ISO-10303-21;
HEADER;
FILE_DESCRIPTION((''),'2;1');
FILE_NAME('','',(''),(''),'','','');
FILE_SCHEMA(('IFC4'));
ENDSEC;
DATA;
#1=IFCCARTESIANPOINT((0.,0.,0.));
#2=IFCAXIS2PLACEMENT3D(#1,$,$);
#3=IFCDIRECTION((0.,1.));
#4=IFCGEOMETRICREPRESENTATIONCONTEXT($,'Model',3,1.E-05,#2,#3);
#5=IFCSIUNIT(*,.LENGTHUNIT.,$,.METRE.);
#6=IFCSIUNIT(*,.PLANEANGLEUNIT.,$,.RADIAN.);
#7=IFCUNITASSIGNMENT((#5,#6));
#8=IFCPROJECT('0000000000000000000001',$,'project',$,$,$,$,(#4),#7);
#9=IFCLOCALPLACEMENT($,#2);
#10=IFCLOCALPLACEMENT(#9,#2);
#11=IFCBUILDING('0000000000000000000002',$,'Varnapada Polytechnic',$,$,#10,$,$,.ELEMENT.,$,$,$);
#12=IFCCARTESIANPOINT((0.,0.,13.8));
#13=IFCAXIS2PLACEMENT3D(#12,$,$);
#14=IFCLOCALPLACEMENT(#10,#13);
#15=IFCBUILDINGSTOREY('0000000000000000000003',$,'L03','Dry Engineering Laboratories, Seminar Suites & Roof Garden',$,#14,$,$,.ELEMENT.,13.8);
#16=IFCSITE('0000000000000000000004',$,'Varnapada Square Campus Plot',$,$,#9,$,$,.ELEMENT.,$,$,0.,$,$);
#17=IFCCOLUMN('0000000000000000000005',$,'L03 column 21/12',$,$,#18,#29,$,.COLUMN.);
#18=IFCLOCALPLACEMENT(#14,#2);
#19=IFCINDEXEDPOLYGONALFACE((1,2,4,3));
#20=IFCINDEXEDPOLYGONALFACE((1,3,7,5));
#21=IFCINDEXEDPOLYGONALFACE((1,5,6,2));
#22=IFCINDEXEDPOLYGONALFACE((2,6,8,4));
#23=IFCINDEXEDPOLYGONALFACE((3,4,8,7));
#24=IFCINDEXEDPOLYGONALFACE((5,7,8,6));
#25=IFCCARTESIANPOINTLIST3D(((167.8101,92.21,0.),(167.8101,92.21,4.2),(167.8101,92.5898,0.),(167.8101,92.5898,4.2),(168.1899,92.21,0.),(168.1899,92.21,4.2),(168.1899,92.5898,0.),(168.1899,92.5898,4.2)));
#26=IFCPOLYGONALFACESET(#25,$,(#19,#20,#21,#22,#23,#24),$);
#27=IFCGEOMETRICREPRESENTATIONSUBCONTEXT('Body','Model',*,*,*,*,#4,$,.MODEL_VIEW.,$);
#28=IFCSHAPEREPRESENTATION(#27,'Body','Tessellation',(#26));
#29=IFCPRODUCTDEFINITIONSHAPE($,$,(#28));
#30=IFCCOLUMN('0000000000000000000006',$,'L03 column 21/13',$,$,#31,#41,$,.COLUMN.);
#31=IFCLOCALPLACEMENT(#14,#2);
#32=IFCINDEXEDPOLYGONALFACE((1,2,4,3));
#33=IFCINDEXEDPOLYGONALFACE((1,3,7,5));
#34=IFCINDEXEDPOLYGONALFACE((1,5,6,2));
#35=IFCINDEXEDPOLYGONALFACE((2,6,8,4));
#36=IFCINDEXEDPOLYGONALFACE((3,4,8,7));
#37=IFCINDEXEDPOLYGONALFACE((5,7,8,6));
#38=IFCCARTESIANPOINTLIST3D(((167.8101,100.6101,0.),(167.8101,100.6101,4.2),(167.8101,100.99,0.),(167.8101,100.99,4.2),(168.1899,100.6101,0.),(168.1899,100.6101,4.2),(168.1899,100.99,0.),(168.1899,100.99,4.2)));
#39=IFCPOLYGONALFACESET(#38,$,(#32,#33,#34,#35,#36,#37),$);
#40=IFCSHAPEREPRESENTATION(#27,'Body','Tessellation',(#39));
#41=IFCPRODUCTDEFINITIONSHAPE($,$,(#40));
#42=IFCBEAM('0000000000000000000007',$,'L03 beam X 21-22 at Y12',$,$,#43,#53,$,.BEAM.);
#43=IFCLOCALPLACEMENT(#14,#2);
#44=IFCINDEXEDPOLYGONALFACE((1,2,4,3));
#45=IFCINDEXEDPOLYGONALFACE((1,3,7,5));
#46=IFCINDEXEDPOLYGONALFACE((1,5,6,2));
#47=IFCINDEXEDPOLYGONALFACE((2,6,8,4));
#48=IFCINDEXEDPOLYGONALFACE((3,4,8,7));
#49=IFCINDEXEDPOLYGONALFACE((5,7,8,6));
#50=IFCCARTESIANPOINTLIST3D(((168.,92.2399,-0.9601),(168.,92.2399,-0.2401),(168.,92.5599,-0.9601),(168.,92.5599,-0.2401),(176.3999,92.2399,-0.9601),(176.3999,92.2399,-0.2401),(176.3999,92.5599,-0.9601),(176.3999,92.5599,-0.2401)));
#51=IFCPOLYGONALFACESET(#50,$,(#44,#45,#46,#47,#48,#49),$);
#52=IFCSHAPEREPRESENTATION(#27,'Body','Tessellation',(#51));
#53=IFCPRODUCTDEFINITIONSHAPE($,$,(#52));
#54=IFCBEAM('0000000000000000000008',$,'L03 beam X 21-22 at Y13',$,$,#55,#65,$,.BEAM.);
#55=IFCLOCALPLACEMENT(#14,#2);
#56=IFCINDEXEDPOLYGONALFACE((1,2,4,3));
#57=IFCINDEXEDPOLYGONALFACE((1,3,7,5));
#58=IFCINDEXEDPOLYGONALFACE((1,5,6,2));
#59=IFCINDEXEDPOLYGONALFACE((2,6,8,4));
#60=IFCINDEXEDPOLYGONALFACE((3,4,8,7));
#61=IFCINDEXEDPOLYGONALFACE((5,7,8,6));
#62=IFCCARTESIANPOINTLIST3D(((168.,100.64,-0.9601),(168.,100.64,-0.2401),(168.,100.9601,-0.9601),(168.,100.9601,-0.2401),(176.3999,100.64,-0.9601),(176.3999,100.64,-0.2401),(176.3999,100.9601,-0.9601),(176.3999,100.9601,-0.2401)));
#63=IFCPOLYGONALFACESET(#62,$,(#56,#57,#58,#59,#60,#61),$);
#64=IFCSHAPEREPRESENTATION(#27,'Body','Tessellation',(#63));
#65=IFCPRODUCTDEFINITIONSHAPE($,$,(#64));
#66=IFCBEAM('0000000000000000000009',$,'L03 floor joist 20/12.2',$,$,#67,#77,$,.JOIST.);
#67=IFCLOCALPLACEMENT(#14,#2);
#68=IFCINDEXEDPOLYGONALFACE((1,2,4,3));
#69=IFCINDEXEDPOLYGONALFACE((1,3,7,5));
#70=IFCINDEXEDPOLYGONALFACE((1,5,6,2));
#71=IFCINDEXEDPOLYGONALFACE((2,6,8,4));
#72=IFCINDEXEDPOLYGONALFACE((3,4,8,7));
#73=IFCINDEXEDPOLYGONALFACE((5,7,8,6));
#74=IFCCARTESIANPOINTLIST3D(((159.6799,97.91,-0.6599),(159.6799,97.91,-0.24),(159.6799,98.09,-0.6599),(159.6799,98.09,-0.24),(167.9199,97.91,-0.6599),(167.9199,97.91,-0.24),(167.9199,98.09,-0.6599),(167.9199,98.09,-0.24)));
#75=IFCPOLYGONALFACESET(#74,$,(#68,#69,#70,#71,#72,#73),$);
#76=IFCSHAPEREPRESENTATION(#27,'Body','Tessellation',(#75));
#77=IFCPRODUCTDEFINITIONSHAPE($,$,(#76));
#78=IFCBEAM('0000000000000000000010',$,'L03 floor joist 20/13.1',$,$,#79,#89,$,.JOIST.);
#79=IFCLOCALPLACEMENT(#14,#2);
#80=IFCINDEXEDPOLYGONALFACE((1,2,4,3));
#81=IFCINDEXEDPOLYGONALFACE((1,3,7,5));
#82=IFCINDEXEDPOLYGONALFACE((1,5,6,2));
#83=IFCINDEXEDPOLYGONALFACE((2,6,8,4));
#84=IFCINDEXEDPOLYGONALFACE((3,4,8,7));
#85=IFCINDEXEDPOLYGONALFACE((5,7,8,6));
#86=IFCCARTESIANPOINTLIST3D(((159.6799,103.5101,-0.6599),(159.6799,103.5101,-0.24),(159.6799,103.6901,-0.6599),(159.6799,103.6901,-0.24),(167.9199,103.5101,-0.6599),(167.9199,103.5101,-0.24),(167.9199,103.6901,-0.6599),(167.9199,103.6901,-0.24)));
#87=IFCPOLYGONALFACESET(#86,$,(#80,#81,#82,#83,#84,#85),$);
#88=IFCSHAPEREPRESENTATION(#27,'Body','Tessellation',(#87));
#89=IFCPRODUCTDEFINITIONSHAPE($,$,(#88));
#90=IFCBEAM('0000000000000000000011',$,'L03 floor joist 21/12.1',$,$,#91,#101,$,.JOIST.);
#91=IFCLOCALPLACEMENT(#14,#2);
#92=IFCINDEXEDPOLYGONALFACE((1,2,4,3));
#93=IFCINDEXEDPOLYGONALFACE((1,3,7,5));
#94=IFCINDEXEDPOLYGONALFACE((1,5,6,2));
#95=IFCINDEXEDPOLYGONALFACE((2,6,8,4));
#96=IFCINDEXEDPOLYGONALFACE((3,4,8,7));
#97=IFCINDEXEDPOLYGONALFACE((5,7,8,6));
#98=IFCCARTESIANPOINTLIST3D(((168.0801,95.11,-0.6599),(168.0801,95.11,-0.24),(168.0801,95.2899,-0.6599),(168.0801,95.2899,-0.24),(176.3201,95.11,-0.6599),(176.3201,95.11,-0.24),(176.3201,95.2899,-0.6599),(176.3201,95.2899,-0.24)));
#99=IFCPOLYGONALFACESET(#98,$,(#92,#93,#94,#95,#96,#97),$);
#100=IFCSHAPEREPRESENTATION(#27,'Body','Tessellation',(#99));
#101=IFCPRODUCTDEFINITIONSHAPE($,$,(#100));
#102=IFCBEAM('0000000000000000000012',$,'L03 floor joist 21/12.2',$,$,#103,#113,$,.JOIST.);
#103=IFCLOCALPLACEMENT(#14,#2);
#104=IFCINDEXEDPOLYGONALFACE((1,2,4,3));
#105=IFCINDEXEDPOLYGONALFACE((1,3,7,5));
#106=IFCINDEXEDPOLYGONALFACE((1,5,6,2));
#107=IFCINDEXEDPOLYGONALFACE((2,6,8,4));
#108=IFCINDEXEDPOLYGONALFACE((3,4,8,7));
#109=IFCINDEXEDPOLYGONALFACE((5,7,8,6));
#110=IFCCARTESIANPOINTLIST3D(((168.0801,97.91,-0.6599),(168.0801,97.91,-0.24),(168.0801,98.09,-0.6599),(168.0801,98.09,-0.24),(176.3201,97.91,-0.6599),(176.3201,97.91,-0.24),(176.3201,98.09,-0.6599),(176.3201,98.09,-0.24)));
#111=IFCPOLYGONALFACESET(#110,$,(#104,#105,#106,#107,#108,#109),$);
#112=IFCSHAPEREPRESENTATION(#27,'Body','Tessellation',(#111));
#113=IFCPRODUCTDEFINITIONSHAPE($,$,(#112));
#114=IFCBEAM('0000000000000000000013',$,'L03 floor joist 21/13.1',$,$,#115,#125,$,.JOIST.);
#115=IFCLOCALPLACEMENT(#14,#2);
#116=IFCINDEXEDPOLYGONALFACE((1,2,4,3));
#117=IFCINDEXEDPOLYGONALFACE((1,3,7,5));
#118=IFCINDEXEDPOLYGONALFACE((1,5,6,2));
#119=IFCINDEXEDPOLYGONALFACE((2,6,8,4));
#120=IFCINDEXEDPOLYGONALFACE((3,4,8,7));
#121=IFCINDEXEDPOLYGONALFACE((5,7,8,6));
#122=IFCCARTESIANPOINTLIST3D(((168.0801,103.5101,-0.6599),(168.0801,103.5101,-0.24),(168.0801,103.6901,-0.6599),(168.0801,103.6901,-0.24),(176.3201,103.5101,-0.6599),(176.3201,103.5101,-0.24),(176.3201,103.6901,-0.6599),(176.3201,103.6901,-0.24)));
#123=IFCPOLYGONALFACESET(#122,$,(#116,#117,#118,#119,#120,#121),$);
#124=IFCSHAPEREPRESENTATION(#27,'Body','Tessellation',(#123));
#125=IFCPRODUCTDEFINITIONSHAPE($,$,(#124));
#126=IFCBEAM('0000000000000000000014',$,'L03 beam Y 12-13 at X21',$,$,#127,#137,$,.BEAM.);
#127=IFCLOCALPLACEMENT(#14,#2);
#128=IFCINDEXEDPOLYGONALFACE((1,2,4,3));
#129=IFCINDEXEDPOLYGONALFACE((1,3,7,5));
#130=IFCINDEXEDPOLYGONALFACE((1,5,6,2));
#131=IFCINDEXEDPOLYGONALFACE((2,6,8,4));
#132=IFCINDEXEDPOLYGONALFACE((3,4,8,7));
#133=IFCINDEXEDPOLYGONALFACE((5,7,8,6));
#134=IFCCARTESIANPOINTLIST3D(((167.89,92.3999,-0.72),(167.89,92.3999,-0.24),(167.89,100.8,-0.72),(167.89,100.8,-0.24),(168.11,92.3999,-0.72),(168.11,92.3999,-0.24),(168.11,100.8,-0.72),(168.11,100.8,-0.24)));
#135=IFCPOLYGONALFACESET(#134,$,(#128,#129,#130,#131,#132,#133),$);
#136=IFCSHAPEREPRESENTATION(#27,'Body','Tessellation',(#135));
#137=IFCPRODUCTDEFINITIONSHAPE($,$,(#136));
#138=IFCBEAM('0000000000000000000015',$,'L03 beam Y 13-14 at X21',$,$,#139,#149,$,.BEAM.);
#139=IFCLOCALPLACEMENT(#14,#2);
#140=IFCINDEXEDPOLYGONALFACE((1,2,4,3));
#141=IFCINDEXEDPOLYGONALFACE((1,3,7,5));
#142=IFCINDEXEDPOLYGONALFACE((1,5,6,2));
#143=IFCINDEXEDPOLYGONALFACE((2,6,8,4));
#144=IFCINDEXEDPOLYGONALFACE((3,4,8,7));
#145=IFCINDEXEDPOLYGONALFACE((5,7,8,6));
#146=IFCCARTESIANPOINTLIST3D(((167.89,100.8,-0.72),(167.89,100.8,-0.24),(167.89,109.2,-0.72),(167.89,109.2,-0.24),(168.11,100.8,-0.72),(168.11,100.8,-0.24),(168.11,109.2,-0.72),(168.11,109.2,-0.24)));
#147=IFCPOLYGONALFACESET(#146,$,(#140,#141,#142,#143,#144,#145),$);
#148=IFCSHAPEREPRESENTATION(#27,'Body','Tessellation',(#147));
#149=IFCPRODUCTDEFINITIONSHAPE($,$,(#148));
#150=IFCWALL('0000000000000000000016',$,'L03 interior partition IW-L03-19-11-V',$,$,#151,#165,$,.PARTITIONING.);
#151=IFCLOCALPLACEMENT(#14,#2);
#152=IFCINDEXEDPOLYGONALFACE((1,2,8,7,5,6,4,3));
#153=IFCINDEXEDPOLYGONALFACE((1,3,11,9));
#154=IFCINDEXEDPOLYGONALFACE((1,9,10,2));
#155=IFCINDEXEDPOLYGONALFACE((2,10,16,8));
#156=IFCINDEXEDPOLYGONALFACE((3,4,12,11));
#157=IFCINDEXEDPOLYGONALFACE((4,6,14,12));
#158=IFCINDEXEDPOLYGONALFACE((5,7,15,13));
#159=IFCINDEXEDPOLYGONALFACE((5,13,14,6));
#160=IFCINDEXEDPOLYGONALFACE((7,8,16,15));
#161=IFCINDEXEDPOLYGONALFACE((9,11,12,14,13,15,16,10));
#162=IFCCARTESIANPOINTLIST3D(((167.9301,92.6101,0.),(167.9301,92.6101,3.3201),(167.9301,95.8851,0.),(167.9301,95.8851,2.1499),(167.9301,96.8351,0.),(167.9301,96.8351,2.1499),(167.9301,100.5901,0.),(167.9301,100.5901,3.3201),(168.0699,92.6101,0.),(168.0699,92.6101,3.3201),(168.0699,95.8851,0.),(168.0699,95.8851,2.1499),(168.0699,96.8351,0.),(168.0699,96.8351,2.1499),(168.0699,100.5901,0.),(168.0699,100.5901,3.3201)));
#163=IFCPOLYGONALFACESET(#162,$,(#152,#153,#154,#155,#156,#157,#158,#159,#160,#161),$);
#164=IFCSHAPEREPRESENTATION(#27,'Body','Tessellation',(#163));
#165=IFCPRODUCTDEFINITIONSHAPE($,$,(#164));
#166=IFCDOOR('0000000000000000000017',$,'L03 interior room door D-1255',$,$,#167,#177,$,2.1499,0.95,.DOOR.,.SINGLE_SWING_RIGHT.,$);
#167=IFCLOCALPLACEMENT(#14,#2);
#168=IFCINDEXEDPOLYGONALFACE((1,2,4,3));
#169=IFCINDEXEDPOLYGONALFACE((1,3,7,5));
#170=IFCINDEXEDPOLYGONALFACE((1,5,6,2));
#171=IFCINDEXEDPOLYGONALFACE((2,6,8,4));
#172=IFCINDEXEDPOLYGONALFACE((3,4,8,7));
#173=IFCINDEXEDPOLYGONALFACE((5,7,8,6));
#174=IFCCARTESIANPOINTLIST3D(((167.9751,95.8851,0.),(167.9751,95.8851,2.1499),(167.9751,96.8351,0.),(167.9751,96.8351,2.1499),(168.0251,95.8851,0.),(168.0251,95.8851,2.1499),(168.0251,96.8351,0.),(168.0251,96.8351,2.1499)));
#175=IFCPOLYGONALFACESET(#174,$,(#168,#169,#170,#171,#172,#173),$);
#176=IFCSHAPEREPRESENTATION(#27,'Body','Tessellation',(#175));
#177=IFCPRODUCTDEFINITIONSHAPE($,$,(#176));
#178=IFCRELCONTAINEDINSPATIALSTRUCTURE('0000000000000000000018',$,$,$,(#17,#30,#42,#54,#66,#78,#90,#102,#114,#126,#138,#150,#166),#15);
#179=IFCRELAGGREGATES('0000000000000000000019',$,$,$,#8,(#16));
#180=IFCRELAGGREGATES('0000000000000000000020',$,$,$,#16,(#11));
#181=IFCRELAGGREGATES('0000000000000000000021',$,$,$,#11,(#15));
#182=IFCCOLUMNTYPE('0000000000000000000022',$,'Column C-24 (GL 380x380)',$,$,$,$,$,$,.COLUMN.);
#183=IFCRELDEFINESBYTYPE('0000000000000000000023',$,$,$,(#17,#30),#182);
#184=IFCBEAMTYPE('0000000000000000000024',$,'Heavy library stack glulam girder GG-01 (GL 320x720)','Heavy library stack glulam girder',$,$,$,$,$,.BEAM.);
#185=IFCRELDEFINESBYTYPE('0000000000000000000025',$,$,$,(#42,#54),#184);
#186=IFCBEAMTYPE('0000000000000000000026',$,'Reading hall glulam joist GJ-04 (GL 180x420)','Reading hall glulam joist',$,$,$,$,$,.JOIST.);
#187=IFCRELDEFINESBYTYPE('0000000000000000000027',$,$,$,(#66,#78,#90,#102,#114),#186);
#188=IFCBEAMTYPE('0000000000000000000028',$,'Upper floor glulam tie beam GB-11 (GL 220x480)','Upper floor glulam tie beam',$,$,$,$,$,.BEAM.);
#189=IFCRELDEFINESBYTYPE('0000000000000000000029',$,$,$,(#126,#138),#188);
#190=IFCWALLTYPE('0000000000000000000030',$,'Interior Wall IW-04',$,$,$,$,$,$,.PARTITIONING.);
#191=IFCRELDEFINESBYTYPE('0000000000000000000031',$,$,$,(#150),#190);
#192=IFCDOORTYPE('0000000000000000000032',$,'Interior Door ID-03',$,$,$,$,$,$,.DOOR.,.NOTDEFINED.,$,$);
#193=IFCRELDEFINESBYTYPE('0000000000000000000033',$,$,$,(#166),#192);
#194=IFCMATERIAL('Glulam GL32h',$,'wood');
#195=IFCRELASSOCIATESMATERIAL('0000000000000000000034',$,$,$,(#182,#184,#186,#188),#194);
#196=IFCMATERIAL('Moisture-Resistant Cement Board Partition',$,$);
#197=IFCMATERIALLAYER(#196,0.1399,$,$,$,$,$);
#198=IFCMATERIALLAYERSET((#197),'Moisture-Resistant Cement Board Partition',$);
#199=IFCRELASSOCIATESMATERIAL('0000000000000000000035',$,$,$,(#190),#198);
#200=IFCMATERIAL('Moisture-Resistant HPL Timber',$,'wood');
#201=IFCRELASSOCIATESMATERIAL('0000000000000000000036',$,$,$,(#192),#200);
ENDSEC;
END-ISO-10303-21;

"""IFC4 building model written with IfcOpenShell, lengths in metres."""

from ifc_helpers import new_model, si_unit, direction, frame, frame_2d, origin, origin_2d, place, context, subcontext, project, spatial, rectangle, extrude, material, layer, layer_set, material_profile, profile_set, type_object, element, fill, save


model = new_model("IFC4")

# Units and contexts
model_context = context("Model", 3, precision=1e-05, world=origin(), true_north=direction((0.0, 1.0)))
body_context = subcontext(model_context, "Body", "Model", "MODEL_VIEW")
ifc_project = project(units=[si_unit("LENGTHUNIT", "METRE"), si_unit("PLANEANGLEUNIT", "RADIAN")], contexts=[model_context])

# Site, building, storey
site_placement = place(None, origin())
site = spatial("IfcSite", under=ifc_project, at=site_placement, Name="Varnapada Square Campus Plot", CompositionType="ELEMENT", RefElevation=0.0)
building_placement = place(site_placement, origin())
building = spatial("IfcBuilding", under=site, at=building_placement, Name="Varnapada Polytechnic", CompositionType="ELEMENT")
storey_placement = place(building_placement, frame((0.0, 0.0, 13.8)))
storey = spatial("IfcBuildingStorey", under=building, at=storey_placement, Name="L03", Description="Dry Engineering Laboratories, Seminar Suites & Roof Garden", CompositionType="ELEMENT", Elevation=13.8)

# Columns
ifc_material_1 = material(Name="Glulam GL32h", Category="wood")
ifc_material_profile_1 = material_profile(ifc_material_1, rectangle(XDim=0.3799, YDim=0.3799, at=origin_2d()), Name="GL 380x380")
ifc_profile_set_1 = profile_set([ifc_material_profile_1], Name="Glulam GL32h")
column_type = type_object("IfcColumnType", Name="Column C-24 (GL 380x380)", PredefinedType="COLUMN", material=ifc_profile_set_1)
for number, where, z_axis, x_axis, name in (
    (1, (168.0, 92.3999, 0.0), (0.0, 0.0, 1.0), (1.0, 0.0, 0.0), "L03 column 21/12"),
    (2, (168.0, 100.8, 0.0), (0.0, 0.0, 1.0), (1.0, 0.0, 0.0), "L03 column 21/13"),
):
    element("IfcColumn", number, at=place(storey_placement, frame(where, z_axis=z_axis, x_axis=x_axis)), inside=storey, type_object=column_type, Name=name, PredefinedType="COLUMN", context=body_context, shape_type="SweptSolid", body=[
        extrude(rectangle(XDim=0.3799, YDim=0.3799, at=origin_2d()), origin(), (0.0, 0.0, 1.0), 4.2),
    ])

# Beams
ifc_material_profile_2 = material_profile(ifc_material_1, rectangle(XDim=0.3201, YDim=0.72, at=origin_2d()), Name="GL 320x720")
ifc_profile_set_2 = profile_set([ifc_material_profile_2], Name="Glulam GL32h")
beam_type_1 = type_object("IfcBeamType", Name="Heavy library stack glulam girder GG-01 (GL 320x720)", Description="Heavy library stack glulam girder", PredefinedType="BEAM", material=ifc_profile_set_2)
for number, where, z_axis, x_axis, name in (
    (3, (168.0, 92.3999, -0.6001), (1.0, 0.0, 0.0), (0.0, 1.0, 0.0), "L03 beam X 21-22 at Y12"),
    (4, (168.0, 100.8, -0.6001), (1.0, 0.0, 0.0), (0.0, 1.0, 0.0), "L03 beam X 21-22 at Y13"),
):
    element("IfcBeam", number, at=place(storey_placement, frame(where, z_axis=z_axis, x_axis=x_axis)), inside=storey, type_object=beam_type_1, Name=name, PredefinedType="BEAM", context=body_context, shape_type="SweptSolid", body=[
        extrude(rectangle(XDim=0.3201, YDim=0.72, at=origin_2d()), origin(), (0.0, 0.0, 1.0), 8.3999),
    ])
ifc_material_profile_3 = material_profile(ifc_material_1, rectangle(XDim=0.1799, YDim=0.4199, at=origin_2d()), Name="GL 180x420")
ifc_profile_set_3 = profile_set([ifc_material_profile_3], Name="Glulam GL32h")
beam_type_2 = type_object("IfcBeamType", Name="Reading hall glulam joist GJ-04 (GL 180x420)", Description="Reading hall glulam joist", PredefinedType="JOIST", material=ifc_profile_set_3)
for number, where, z_axis, x_axis, name in (
    (5, (159.6799, 98.0, -0.45), (1.0, 0.0, 0.0), (0.0, 1.0, 0.0), "L03 floor joist 20/12.2"),
    (6, (159.6799, 103.6001, -0.45), (1.0, 0.0, 0.0), (0.0, 1.0, 0.0), "L03 floor joist 20/13.1"),
    (7, (168.0801, 95.2, -0.45), (1.0, 0.0, 0.0), (0.0, 1.0, 0.0), "L03 floor joist 21/12.1"),
    (8, (168.0801, 98.0, -0.45), (1.0, 0.0, 0.0), (0.0, 1.0, 0.0), "L03 floor joist 21/12.2"),
    (9, (168.0801, 103.6001, -0.45), (1.0, 0.0, 0.0), (0.0, 1.0, 0.0), "L03 floor joist 21/13.1"),
):
    element("IfcBeam", number, at=place(storey_placement, frame(where, z_axis=z_axis, x_axis=x_axis)), inside=storey, type_object=beam_type_2, Name=name, PredefinedType="JOIST", context=body_context, shape_type="SweptSolid", body=[
        extrude(rectangle(XDim=0.1799, YDim=0.4199, at=origin_2d()), origin(), (0.0, 0.0, 1.0), 8.24),
    ])
ifc_material_profile_4 = material_profile(ifc_material_1, rectangle(XDim=0.22, YDim=0.48, at=origin_2d()), Name="GL 220x480")
ifc_profile_set_4 = profile_set([ifc_material_profile_4], Name="Glulam GL32h")
beam_type_3 = type_object("IfcBeamType", Name="Upper floor glulam tie beam GB-11 (GL 220x480)", Description="Upper floor glulam tie beam", PredefinedType="BEAM", material=ifc_profile_set_4)
beam_1_placement = place(storey_placement, frame((168.0, 92.3999, -0.48), z_axis=(0.0, 1.0, 0.0), x_axis=(-1.0, 0.0, 0.0)))
element("IfcBeam", 10, at=beam_1_placement, inside=storey, type_object=beam_type_3, Name="L03 beam Y 12-13 at X21", PredefinedType="BEAM", context=body_context, shape_type="SweptSolid", body=[
    extrude(rectangle(XDim=0.22, YDim=0.48, at=origin_2d()), origin(), (0.0, 0.0, 1.0), 8.4001),
])
beam_2_placement = place(storey_placement, frame((168.0, 100.8, -0.48), z_axis=(0.0, 1.0, 0.0), x_axis=(-1.0, 0.0, 0.0)))
element("IfcBeam", 11, at=beam_2_placement, inside=storey, type_object=beam_type_3, Name="L03 beam Y 13-14 at X21", PredefinedType="BEAM", context=body_context, shape_type="SweptSolid", body=[
    extrude(rectangle(XDim=0.22, YDim=0.48, at=origin_2d()), origin(), (0.0, 0.0, 1.0), 8.3999),
])

# Wall, opening, door
ifc_material_2 = material(Name="Moisture-Resistant Cement Board Partition")
ifc_layer_1 = layer(ifc_material_2, 0.1399)
ifc_layer_set_1 = layer_set([ifc_layer_1], Name="Moisture-Resistant Cement Board Partition")
wall_type_1 = type_object("IfcWallType", Name="Interior Wall IW-04", PredefinedType="PARTITIONING", material=ifc_layer_set_1)
wall_1_placement = place(storey_placement, frame((168.0, 92.6101, 0.0), z_axis=(0.0, 0.0, 1.0), x_axis=(0.0, 1.0, 0.0)))
wall_1 = element("IfcWall", 12, at=wall_1_placement, inside=storey, type_object=wall_type_1, Name="L03 interior partition IW-L03-19-11-V", PredefinedType="PARTITIONING", context=body_context, shape_type="SweptSolid", body=[
    extrude(rectangle(XDim=7.98, YDim=0.1399, at=frame_2d((3.99, 0.0))), origin(), (0.0, 0.0, 1.0), 3.3201),
])
opening_1_placement = place(wall_1_placement, frame((3.2749, 0.0, 0.0)))
opening_1 = element("IfcOpeningElement", 13, at=opening_1_placement, cuts=wall_1, PredefinedType="OPENING", context=body_context, shape_type="SweptSolid", body=[
    extrude(rectangle(XDim=0.95, YDim=2.1499, at=frame_2d((0.4751, 1.075))), frame((0.0, 0.0798, 0.0), z_axis=(0.0, -1.0, 0.0), x_axis=(1.0, 0.0, 0.0)), (0.0, 0.0, 1.0), 0.1599),
])
ifc_material_3 = material(Name="Moisture-Resistant HPL Timber", Category="wood")
door_type_1 = type_object("IfcDoorType", Name="Interior Door ID-03", OperationType="NOTDEFINED", PredefinedType="DOOR", material=ifc_material_3)
door_1_placement = place(opening_1_placement, origin())
door_1 = element("IfcDoor", 14, at=door_1_placement, inside=storey, type_object=door_type_1, Name="L03 interior room door D-1255", OperationType="SINGLE_SWING_RIGHT", OverallHeight=2.1499, OverallWidth=0.95, PredefinedType="DOOR", context=body_context, shape_type="SweptSolid", body=[
    extrude(rectangle(XDim=0.95, YDim=2.1499, at=frame_2d((0.4751, 1.075))), frame((0.0, 0.0249, 0.0), z_axis=(0.0, -1.0, 0.0), x_axis=(1.0, 0.0, 0.0)), (0.0, 0.0, 1.0), 0.05),
])
fill(opening_1, door_1)

save(model, "model.ifc")
